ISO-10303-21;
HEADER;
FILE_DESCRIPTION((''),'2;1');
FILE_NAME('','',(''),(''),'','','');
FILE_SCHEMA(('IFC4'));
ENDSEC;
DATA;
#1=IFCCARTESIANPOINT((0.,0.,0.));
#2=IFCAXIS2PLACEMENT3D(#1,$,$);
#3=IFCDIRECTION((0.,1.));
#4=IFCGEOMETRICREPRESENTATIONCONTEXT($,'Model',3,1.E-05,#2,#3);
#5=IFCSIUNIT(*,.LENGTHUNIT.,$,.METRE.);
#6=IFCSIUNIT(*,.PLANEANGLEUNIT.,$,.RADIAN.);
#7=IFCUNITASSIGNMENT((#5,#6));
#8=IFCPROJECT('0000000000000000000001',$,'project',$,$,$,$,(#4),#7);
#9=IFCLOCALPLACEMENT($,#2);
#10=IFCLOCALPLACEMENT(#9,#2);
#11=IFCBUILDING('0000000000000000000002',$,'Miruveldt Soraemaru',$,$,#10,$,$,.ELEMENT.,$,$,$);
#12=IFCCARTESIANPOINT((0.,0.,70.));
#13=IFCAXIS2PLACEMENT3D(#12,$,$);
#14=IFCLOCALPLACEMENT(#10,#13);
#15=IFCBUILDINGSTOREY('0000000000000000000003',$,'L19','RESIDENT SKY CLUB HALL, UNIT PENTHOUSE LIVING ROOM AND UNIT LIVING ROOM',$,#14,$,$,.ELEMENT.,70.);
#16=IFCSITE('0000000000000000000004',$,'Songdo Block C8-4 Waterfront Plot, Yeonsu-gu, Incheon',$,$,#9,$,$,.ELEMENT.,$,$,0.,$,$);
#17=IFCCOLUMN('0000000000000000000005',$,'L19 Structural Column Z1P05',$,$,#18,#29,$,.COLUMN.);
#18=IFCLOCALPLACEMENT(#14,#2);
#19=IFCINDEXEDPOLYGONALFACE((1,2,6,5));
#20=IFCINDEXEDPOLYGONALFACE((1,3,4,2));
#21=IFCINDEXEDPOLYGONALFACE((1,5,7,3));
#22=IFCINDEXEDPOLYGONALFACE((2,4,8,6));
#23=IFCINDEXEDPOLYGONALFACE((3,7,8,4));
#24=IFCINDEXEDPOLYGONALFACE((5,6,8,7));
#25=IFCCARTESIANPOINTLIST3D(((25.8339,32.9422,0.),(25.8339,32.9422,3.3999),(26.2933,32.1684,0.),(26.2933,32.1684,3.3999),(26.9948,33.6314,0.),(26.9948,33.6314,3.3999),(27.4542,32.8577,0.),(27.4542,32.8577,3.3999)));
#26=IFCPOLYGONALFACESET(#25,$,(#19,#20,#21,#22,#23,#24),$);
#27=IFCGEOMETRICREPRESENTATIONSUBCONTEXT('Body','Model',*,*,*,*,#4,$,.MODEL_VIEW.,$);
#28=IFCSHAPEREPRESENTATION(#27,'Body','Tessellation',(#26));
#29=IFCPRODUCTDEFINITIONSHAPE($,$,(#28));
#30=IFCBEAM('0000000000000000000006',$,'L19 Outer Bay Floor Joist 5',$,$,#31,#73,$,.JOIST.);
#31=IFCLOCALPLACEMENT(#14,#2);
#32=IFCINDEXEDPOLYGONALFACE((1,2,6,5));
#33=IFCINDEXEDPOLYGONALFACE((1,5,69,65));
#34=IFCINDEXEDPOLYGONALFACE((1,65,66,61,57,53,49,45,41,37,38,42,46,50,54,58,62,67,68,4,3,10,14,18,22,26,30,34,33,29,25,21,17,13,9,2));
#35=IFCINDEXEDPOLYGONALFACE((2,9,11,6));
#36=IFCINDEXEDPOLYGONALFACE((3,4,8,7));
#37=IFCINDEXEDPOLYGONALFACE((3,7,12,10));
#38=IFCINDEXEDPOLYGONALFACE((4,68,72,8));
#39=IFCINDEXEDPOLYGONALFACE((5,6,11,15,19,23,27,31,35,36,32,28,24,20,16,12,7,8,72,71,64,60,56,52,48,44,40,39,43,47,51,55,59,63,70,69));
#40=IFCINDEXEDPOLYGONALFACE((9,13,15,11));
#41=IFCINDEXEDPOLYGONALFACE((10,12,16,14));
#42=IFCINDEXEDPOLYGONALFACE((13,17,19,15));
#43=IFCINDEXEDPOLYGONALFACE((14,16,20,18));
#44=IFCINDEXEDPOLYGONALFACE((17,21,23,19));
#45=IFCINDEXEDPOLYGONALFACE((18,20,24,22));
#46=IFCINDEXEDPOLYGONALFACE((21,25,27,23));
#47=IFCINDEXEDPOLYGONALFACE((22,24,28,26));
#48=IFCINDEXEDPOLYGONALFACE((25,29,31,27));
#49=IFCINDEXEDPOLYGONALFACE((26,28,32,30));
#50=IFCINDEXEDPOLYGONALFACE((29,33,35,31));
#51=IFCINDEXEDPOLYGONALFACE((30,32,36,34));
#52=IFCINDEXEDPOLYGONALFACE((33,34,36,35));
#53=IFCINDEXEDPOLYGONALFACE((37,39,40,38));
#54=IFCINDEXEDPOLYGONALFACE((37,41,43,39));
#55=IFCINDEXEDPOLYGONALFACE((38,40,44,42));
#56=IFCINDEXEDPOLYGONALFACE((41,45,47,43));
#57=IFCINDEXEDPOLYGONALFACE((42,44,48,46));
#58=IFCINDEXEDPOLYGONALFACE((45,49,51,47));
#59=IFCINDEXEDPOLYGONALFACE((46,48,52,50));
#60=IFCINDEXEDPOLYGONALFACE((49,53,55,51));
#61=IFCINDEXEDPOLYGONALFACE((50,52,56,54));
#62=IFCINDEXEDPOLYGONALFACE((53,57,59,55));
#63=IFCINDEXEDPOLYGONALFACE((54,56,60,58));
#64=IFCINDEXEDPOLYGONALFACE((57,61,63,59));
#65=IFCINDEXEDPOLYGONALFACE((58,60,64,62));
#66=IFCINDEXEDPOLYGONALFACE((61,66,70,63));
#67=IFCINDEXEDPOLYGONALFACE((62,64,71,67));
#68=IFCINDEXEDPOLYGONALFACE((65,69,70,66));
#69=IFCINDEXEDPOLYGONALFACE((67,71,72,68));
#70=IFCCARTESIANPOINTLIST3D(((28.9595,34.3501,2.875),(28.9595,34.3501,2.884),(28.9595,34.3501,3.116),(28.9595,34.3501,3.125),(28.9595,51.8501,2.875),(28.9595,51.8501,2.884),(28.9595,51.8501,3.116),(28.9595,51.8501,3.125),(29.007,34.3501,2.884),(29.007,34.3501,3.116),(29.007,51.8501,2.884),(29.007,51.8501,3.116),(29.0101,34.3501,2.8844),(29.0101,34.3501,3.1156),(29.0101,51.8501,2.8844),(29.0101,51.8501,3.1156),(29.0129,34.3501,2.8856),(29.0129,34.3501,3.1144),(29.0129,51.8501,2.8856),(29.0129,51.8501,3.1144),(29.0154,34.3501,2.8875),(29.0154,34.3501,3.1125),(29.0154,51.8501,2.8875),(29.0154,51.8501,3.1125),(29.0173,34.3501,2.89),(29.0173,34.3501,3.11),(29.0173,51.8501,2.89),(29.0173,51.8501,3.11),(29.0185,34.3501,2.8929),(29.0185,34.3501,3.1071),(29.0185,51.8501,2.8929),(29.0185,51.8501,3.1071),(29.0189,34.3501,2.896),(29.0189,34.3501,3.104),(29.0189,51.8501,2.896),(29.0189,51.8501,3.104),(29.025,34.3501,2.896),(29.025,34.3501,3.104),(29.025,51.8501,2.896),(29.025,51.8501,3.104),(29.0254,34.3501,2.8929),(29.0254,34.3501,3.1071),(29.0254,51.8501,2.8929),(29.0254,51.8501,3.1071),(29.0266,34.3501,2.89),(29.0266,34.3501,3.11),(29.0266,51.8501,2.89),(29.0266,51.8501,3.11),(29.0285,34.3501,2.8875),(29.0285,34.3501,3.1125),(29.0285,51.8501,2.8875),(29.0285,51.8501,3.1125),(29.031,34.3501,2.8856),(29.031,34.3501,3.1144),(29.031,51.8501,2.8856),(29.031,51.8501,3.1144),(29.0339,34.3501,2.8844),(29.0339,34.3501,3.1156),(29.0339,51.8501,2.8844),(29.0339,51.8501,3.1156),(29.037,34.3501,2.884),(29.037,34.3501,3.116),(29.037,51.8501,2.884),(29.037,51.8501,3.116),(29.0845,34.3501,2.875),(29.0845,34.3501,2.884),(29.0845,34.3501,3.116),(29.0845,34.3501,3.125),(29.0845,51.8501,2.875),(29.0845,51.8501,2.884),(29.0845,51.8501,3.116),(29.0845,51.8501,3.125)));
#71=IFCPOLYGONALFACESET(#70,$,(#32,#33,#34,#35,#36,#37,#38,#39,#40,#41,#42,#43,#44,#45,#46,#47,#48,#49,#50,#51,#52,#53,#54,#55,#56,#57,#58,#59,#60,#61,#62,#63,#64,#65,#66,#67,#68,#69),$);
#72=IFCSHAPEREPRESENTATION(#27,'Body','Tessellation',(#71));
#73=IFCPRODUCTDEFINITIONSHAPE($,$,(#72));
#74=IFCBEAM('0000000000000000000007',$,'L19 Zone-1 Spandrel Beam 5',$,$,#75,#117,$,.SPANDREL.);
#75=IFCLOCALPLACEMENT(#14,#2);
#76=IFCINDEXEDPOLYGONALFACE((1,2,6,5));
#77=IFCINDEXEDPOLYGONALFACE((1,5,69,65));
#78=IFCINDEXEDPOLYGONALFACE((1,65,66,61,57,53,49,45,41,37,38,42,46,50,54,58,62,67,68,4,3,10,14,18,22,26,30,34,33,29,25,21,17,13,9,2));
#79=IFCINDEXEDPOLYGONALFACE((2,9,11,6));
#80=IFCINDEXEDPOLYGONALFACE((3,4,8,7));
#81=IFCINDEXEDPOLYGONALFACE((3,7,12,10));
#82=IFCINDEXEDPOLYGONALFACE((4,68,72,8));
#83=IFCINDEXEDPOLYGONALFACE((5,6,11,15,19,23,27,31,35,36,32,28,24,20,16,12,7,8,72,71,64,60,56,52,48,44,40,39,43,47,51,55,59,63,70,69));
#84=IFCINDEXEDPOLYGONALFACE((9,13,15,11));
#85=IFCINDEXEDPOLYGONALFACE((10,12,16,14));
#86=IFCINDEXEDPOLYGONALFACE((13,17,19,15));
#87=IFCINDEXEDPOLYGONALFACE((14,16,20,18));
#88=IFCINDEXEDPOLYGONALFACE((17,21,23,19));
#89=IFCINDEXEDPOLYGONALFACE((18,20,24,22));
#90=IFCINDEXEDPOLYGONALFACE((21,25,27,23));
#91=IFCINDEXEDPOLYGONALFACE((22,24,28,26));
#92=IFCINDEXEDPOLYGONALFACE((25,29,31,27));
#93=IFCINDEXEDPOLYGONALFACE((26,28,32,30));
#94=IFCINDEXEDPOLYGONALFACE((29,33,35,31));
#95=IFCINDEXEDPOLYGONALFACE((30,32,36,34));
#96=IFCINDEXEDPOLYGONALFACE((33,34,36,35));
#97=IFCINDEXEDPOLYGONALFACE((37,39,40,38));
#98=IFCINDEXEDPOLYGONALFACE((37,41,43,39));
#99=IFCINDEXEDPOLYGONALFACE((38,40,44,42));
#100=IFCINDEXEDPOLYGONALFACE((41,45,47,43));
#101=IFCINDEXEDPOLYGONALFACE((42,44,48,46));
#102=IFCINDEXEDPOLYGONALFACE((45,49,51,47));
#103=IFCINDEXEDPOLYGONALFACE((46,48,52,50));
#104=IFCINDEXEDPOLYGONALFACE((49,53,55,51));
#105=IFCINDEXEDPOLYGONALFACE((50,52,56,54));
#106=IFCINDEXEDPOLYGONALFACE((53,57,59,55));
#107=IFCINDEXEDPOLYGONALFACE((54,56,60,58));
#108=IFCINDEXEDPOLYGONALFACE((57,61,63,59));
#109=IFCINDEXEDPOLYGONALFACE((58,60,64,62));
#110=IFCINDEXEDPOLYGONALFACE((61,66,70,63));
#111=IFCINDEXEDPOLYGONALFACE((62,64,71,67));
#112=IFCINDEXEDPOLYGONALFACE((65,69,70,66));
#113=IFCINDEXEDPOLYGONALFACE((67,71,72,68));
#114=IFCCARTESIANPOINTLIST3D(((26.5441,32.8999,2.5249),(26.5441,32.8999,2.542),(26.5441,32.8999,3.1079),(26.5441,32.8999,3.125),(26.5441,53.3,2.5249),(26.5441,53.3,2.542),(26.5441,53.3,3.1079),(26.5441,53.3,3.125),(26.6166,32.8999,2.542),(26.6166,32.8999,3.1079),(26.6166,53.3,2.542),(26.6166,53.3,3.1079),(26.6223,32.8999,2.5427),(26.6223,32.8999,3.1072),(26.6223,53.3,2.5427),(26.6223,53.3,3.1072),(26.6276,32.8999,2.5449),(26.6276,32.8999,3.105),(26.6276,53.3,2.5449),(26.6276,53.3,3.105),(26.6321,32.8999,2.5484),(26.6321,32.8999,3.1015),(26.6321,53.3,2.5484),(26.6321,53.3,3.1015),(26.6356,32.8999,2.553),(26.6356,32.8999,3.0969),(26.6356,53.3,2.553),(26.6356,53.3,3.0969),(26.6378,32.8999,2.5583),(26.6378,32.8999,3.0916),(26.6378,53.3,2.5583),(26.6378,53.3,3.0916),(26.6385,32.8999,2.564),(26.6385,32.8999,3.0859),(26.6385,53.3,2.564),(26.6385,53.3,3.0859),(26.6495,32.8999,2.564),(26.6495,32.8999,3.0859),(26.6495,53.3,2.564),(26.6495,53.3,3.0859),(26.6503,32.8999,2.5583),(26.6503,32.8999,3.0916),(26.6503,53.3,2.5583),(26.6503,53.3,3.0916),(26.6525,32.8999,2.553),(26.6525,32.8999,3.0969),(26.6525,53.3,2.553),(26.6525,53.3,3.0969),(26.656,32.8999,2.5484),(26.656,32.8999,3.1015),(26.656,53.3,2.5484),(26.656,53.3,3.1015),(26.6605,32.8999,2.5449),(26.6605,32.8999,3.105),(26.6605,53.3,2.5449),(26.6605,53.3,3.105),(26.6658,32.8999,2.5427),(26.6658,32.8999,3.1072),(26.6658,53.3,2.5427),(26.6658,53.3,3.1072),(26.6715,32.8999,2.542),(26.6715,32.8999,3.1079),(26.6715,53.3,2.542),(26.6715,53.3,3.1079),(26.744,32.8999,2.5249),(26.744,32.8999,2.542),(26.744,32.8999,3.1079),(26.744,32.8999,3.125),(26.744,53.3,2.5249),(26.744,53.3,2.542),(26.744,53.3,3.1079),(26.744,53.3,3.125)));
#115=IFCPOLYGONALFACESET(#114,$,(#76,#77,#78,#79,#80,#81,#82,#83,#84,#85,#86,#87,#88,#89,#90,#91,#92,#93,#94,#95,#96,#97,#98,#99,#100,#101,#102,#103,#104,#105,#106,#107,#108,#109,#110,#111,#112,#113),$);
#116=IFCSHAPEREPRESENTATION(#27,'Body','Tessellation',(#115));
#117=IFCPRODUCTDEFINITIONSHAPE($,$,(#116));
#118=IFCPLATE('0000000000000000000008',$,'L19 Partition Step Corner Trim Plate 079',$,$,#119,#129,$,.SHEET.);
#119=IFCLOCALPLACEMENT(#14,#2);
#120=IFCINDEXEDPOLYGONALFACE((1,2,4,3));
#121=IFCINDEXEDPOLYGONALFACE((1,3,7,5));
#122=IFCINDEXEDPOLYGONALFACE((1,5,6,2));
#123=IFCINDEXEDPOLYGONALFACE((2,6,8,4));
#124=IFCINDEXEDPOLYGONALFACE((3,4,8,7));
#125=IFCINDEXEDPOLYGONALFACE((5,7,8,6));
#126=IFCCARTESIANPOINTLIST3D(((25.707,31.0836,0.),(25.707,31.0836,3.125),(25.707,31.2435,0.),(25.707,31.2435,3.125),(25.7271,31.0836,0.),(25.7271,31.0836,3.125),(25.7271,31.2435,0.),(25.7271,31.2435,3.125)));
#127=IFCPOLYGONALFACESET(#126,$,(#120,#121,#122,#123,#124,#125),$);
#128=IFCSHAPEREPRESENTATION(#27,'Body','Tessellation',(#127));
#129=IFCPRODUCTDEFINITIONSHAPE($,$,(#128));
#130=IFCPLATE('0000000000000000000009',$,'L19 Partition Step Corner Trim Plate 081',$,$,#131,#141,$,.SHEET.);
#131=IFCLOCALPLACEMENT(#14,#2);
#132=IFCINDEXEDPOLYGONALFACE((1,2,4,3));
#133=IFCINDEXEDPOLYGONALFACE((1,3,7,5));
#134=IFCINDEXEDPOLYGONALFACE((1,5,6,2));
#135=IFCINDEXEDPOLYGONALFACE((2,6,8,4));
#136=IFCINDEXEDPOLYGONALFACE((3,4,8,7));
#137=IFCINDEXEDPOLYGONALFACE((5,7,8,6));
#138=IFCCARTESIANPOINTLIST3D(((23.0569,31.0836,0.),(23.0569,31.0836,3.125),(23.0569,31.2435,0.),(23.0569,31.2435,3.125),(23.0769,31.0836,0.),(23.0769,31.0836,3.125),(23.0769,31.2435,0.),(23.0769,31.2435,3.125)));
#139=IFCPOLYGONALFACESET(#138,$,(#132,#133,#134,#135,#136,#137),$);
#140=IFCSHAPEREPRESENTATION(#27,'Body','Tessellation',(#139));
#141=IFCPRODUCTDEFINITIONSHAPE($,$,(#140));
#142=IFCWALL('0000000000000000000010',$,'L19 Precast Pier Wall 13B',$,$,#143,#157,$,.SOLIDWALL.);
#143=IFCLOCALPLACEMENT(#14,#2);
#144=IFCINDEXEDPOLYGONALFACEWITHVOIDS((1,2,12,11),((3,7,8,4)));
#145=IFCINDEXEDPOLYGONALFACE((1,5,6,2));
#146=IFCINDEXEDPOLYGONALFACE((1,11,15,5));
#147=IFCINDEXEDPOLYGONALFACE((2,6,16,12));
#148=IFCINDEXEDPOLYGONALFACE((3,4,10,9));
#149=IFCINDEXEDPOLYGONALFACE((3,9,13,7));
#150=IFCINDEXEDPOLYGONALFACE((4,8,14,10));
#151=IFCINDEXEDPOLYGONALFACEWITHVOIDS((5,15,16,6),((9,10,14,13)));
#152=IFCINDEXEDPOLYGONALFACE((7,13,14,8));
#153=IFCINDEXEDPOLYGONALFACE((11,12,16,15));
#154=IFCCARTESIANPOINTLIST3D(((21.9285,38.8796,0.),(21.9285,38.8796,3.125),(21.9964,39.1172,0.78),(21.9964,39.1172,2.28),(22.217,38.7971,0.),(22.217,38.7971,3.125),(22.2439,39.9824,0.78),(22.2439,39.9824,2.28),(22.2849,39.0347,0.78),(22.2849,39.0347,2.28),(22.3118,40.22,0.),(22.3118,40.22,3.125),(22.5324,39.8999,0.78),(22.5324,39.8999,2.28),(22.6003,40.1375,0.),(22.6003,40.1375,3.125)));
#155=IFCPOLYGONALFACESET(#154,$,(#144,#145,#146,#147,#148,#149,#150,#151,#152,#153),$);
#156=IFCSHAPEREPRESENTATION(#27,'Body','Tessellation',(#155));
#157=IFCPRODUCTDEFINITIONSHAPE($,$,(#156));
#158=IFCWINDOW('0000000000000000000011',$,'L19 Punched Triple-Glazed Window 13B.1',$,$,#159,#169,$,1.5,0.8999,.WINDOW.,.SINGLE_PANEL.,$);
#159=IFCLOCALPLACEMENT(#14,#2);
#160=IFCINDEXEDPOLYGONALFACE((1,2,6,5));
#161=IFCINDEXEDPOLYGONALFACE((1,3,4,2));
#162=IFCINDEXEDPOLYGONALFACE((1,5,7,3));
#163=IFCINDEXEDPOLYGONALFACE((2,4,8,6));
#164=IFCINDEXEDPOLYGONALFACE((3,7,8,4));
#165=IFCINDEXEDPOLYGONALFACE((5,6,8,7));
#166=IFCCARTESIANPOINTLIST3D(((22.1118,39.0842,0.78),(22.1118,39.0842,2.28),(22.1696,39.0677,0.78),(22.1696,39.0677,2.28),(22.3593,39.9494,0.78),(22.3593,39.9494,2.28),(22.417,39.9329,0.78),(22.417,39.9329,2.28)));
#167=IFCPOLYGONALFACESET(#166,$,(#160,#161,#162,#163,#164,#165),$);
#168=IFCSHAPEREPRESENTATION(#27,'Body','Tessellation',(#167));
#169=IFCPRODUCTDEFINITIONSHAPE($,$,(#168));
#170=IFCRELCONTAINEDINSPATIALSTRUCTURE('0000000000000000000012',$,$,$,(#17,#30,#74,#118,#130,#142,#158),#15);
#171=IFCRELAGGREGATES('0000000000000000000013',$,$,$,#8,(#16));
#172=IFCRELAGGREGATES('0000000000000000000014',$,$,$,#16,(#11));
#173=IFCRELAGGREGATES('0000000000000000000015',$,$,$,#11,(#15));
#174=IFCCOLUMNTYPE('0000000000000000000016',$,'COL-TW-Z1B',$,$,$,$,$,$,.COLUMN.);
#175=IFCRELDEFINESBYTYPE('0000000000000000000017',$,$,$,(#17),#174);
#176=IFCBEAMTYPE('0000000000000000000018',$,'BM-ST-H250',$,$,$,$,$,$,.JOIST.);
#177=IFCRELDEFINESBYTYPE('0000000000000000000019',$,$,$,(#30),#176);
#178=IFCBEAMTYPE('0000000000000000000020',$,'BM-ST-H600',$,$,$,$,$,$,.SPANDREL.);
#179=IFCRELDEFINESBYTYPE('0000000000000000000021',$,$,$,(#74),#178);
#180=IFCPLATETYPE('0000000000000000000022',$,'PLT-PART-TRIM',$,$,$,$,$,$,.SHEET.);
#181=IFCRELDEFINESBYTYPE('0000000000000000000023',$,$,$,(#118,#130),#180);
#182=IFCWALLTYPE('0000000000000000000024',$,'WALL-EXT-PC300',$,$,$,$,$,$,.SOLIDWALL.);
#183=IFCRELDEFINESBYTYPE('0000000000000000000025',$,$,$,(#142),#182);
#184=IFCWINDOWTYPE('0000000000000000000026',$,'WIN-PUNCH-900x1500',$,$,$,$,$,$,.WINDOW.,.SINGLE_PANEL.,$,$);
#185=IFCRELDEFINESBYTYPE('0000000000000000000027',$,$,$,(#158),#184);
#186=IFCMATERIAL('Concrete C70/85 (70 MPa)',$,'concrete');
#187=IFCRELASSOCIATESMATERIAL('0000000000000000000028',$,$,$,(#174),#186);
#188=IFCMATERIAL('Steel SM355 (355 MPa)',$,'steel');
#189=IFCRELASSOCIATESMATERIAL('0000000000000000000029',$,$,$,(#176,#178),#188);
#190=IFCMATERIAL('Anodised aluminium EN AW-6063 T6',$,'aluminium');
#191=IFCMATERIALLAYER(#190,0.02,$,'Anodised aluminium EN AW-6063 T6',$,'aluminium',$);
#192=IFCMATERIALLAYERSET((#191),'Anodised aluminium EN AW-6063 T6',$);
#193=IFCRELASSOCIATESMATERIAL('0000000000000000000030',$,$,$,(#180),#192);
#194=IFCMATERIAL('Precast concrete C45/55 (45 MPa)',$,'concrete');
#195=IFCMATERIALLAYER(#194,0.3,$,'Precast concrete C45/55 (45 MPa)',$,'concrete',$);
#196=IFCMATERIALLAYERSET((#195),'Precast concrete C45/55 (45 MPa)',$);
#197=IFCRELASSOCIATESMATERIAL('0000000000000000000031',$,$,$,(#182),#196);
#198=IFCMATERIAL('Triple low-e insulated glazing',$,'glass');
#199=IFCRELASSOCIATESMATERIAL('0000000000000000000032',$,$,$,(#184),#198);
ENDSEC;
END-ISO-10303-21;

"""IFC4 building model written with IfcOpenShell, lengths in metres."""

from ifc_helpers import new_model, si_unit, direction, frame, frame_2d, origin, origin_2d, place, context, subcontext, project, spatial, rectangle, i_section, extrude, material, layer, layer_set, material_profile, profile_set, type_object, element, fill, save


model = new_model("IFC4")

# Units and contexts
model_context = context("Model", 3, precision=1e-05, world=origin(), true_north=direction((0.0, 1.0)))
body_context = subcontext(model_context, "Body", "Model", "MODEL_VIEW")
ifc_project = project(units=[si_unit("LENGTHUNIT", "METRE"), si_unit("PLANEANGLEUNIT", "RADIAN")], contexts=[model_context])

# Site, building, storey
site_placement = place(None, origin())
site = spatial("IfcSite", under=ifc_project, at=site_placement, Name="Songdo Block C8-4 Waterfront Plot, Yeonsu-gu, Incheon", CompositionType="ELEMENT", RefElevation=0.0)
building_placement = place(site_placement, origin())
building = spatial("IfcBuilding", under=site, at=building_placement, Name="Miruveldt Soraemaru", CompositionType="ELEMENT")
storey_placement = place(building_placement, frame((0.0, 0.0, 70.0)))
storey = spatial("IfcBuildingStorey", under=building, at=storey_placement, Name="L19", Description="RESIDENT SKY CLUB HALL, UNIT PENTHOUSE LIVING ROOM AND UNIT LIVING ROOM", CompositionType="ELEMENT", Elevation=70.0)

# Column
ifc_material_1 = material(Name="Concrete C70/85 (70 MPa)", Category="concrete")
ifc_material_profile_1 = material_profile(ifc_material_1, rectangle(XDim=1.3501, YDim=0.8999, at=origin_2d()), Name="Concrete C70/85 (70 MPa)", Category="concrete")
ifc_profile_set_1 = profile_set([ifc_material_profile_1], Name="Concrete C70/85 (70 MPa)")
column_type = type_object("IfcColumnType", Name="COL-TW-Z1B", PredefinedType="COLUMN", material=ifc_profile_set_1)
column_placement = place(storey_placement, frame((26.644, 32.8999, 0.0), z_axis=(0.0, 0.0, 1.0), x_axis=(0.859852, 0.510543, 0.0)))
element("IfcColumn", 1, at=column_placement, inside=storey, type_object=column_type, Name="L19 Structural Column Z1P05", PredefinedType="COLUMN", context=body_context, shape_type="SweptSolid", body=[
    extrude(rectangle(XDim=1.3501, YDim=0.8999, at=origin_2d()), origin(), (0.0, 0.0, 1.0), 3.3999),
])

# Beams
ifc_material_2 = material(Name="Steel SM355 (355 MPa)", Category="steel")
ifc_material_profile_2 = material_profile(ifc_material_2, i_section(OverallWidth=0.125, OverallDepth=0.25, WebThickness=0.0061, FlangeThickness=0.009, FilletRadius=0.012, at=origin_2d()), Name="Steel SM355 (355 MPa)", Category="steel")
ifc_profile_set_2 = profile_set([ifc_material_profile_2], Name="Steel SM355 (355 MPa)")
beam_type_1 = type_object("IfcBeamType", Name="BM-ST-H250", PredefinedType="JOIST", material=ifc_profile_set_2)
beam_1_placement = place(storey_placement, frame((29.022, 34.3501, 3.0), z_axis=(0.0, 1.0, 0.0), x_axis=(-1.0, 0.0, 0.0)))
element("IfcBeam", 2, at=beam_1_placement, inside=storey, type_object=beam_type_1, Name="L19 Outer Bay Floor Joist 5", PredefinedType="JOIST", context=body_context, shape_type="SweptSolid", body=[
    extrude(i_section(OverallWidth=0.125, OverallDepth=0.25, WebThickness=0.0061, FlangeThickness=0.009, FilletRadius=0.012, at=origin_2d()), origin(), (0.0, 0.0, 1.0), 17.5),
])
ifc_material_profile_3 = material_profile(ifc_material_2, i_section(OverallWidth=0.2, OverallDepth=0.6001, WebThickness=0.011, FlangeThickness=0.0171, FilletRadius=0.022, at=origin_2d()), Name="Steel SM355 (355 MPa)", Category="steel")
ifc_profile_set_3 = profile_set([ifc_material_profile_3], Name="Steel SM355 (355 MPa)")
beam_type_2 = type_object("IfcBeamType", Name="BM-ST-H600", PredefinedType="SPANDREL", material=ifc_profile_set_3)
beam_2_placement = place(storey_placement, frame((26.644, 32.8999, 2.825), z_axis=(0.0, 1.0, 0.0), x_axis=(-1.0, 0.0, 0.0)))
element("IfcBeam", 3, at=beam_2_placement, inside=storey, type_object=beam_type_2, Name="L19 Zone-1 Spandrel Beam 5", PredefinedType="SPANDREL", context=body_context, shape_type="SweptSolid", body=[
    extrude(i_section(OverallWidth=0.2, OverallDepth=0.6001, WebThickness=0.011, FlangeThickness=0.0171, FilletRadius=0.022, at=origin_2d()), origin(), (0.0, 0.0, 1.0), 20.4001),
])

# Plates
ifc_material_3 = material(Name="Anodised aluminium EN AW-6063 T6", Category="aluminium")
ifc_layer_1 = layer(ifc_material_3, 0.02, Name="Anodised aluminium EN AW-6063 T6", Category="aluminium")
ifc_layer_set_1 = layer_set([ifc_layer_1], Name="Anodised aluminium EN AW-6063 T6")
plate_type = type_object("IfcPlateType", Name="PLT-PART-TRIM", PredefinedType="SHEET", material=ifc_layer_set_1)
for number, where, z_axis, x_axis, name in (
    (4, (25.717, 31.1636, 0.0), (0.0, 0.0, 1.0), (0.0, 1.0, 0.0), "L19 Partition Step Corner Trim Plate 079"),
    (5, (23.0669, 31.1636, 0.0), (0.0, 0.0, 1.0), (0.0, -1.0, 0.0), "L19 Partition Step Corner Trim Plate 081"),
):
    element("IfcPlate", number, at=place(storey_placement, frame(where, z_axis=z_axis, x_axis=x_axis)), inside=storey, type_object=plate_type, Name=name, PredefinedType="SHEET", context=body_context, shape_type="SweptSolid", body=[
        extrude(rectangle(XDim=0.1599, YDim=0.02, at=origin_2d()), origin(), (0.0, 0.0, 1.0), 3.125),
    ])

# Wall, opening, window
ifc_material_4 = material(Name="Precast concrete C45/55 (45 MPa)", Category="concrete")
ifc_layer_2 = layer(ifc_material_4, 0.3, Name="Precast concrete C45/55 (45 MPa)", Category="concrete")
ifc_layer_set_2 = layer_set([ifc_layer_2], Name="Precast concrete C45/55 (45 MPa)")
wall_type_1 = type_object("IfcWallType", Name="WALL-EXT-PC300", PredefinedType="SOLIDWALL", material=ifc_layer_set_2)
wall_1_placement = place(storey_placement, frame((22.4561, 40.1787, 0.0), z_axis=(0.0, 0.0, 1.0), x_axis=(-0.274952, -0.961458, 0.0)))
wall_1 = element("IfcWall", 6, at=wall_1_placement, inside=storey, type_object=wall_type_1, Name="L19 Precast Pier Wall 13B", PredefinedType="SOLIDWALL", context=body_context, shape_type="SweptSolid", body=[
    extrude(rectangle(XDim=1.394, YDim=0.3, at=frame_2d((0.697, 0.0))), origin(), (0.0, 0.0, 1.0), 3.125),
])
opening_1_placement = place(wall_1_placement, frame((0.2471, 0.0, 0.78)))
opening_1 = element("IfcOpeningElement", 7, at=opening_1_placement, cuts=wall_1, PredefinedType="OPENING", context=body_context, shape_type="SweptSolid", body=[
    extrude(rectangle(XDim=0.8999, YDim=1.5, at=frame_2d((0.45, 0.75))), frame((0.0, 0.1602, 0.0), z_axis=(0.0, -1.0, 0.0), x_axis=(1.0, 0.0, 0.0)), (0.0, 0.0, 1.0), 0.3201),
])
ifc_material_5 = material(Name="Triple low-e insulated glazing", Category="glass")
window_type_1 = type_object("IfcWindowType", Name="WIN-PUNCH-900x1500", PartitioningType="SINGLE_PANEL", PredefinedType="WINDOW", material=ifc_material_5)
window_1_placement = place(opening_1_placement, origin())
window_1 = element("IfcWindow", 8, at=window_1_placement, inside=storey, type_object=window_type_1, Name="L19 Punched Triple-Glazed Window 13B.1", OverallHeight=1.5, OverallWidth=0.8999, PartitioningType="SINGLE_PANEL", PredefinedType="WINDOW", context=body_context, shape_type="SweptSolid", body=[
    extrude(rectangle(XDim=0.8999, YDim=1.5, at=frame_2d((0.45, 0.75))), frame((0.0, 0.03, 0.0), z_axis=(0.0, -1.0, 0.0), x_axis=(1.0, 0.0, 0.0)), (0.0, 0.0, 1.0), 0.0601),
])
fill(opening_1, window_1)

save(model, "model.ifc")
